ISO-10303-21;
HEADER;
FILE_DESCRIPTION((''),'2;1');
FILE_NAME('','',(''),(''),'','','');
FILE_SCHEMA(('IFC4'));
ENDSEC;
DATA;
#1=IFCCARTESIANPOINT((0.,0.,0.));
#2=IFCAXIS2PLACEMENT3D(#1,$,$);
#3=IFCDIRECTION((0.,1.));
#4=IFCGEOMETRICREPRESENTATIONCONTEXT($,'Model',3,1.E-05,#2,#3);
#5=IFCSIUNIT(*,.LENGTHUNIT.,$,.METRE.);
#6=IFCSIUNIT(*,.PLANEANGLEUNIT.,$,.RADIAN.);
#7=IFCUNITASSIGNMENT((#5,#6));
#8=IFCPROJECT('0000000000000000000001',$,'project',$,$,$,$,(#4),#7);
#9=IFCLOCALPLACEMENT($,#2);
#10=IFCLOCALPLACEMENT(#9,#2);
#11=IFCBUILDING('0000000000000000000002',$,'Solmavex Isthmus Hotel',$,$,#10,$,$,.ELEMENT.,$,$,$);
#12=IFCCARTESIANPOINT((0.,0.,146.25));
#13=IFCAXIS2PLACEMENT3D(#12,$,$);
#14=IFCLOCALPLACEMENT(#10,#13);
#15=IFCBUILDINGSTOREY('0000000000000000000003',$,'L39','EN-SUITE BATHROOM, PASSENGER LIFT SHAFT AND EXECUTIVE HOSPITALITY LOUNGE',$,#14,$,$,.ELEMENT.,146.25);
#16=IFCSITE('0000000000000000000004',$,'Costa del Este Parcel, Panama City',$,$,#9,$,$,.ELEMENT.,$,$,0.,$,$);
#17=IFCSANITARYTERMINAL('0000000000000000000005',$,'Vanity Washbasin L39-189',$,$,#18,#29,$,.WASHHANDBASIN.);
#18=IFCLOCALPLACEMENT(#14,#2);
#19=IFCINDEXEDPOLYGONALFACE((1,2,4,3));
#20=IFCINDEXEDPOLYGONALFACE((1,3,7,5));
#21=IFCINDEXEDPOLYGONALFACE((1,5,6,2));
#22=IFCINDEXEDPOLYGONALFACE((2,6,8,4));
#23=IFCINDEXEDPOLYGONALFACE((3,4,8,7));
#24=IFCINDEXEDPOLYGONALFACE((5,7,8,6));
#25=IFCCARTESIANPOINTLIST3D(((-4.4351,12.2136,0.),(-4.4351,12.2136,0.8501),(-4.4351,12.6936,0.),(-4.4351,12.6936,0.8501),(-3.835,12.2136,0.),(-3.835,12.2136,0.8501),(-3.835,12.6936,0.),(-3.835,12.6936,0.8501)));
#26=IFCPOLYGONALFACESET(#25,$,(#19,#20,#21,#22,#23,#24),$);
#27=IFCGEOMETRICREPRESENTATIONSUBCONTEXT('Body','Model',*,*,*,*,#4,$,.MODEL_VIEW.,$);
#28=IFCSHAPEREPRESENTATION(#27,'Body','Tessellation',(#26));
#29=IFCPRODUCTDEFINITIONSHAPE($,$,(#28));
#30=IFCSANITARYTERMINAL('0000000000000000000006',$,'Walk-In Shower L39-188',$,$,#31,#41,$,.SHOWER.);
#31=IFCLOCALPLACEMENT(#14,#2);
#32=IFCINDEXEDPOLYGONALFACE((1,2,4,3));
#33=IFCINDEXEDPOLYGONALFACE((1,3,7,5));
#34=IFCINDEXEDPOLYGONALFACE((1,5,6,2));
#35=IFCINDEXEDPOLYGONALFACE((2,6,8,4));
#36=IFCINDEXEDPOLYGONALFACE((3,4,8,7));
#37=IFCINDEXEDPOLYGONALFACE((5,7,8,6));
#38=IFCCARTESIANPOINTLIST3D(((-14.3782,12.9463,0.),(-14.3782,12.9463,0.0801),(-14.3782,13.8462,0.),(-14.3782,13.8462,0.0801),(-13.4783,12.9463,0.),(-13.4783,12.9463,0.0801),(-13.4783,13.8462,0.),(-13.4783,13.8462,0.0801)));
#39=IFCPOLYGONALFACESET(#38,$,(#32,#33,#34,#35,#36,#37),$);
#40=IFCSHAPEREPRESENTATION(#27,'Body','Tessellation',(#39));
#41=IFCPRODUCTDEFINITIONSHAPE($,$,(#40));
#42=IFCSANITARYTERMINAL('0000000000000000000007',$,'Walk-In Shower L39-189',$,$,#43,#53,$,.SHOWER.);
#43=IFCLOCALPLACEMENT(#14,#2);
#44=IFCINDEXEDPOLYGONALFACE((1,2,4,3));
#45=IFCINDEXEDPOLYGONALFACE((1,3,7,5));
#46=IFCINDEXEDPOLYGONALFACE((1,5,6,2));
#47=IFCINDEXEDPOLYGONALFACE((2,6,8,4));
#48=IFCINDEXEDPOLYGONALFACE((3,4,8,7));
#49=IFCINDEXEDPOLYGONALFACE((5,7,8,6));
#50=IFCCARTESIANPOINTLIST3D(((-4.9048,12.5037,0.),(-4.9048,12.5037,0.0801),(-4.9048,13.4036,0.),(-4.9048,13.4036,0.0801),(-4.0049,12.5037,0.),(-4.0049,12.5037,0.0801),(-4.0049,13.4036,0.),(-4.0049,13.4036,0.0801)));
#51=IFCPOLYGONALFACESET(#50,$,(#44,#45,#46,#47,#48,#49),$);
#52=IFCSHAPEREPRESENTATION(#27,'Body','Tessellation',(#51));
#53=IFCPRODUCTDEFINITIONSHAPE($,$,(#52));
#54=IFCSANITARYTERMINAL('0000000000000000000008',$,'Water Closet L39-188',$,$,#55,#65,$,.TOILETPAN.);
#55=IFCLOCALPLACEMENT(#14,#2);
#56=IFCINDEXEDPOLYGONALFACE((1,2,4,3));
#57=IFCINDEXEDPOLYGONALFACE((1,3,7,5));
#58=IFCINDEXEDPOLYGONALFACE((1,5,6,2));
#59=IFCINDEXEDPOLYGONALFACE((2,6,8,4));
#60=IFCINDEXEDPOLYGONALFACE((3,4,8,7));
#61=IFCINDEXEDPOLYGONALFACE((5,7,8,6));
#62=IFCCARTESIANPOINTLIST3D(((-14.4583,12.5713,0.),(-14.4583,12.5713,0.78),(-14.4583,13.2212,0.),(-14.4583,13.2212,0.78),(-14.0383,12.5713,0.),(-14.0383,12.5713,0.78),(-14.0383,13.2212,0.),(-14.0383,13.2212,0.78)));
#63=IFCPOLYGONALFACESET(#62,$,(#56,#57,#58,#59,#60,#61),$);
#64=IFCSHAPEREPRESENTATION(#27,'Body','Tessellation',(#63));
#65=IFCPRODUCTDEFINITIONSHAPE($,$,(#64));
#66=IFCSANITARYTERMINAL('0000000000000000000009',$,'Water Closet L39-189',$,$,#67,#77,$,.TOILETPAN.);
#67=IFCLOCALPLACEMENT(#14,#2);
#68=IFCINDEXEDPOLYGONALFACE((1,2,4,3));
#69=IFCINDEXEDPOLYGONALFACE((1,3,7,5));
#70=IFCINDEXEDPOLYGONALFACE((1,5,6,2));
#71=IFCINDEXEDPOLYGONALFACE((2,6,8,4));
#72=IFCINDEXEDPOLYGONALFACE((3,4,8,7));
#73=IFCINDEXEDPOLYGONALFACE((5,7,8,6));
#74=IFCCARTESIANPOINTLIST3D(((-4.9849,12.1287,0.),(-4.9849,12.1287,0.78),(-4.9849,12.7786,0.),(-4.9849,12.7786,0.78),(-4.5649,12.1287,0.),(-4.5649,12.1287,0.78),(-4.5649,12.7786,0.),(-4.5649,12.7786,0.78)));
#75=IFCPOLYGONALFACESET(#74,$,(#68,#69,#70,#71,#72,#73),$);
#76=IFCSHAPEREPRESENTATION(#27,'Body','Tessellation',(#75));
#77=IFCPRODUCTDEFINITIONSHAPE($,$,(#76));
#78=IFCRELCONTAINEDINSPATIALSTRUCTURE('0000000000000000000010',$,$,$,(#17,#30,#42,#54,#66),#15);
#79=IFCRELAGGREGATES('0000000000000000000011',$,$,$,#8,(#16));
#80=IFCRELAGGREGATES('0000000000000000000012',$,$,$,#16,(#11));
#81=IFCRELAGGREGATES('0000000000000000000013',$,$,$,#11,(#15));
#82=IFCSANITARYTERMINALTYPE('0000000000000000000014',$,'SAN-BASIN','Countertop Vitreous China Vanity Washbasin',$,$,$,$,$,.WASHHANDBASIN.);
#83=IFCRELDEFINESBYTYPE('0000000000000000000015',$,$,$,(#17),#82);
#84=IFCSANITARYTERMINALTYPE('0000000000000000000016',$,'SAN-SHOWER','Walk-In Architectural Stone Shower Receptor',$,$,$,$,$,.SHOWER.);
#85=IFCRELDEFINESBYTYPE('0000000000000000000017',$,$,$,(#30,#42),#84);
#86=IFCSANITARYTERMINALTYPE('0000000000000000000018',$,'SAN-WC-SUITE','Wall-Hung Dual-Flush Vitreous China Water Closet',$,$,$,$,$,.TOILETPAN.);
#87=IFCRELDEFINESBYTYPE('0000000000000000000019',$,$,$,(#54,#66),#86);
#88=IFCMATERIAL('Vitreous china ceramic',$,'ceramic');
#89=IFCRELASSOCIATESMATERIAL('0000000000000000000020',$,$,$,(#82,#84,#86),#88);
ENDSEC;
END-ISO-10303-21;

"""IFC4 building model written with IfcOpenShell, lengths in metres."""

from ifc_helpers import new_model, si_unit, direction, frame, origin, origin_2d, place, context, subcontext, project, spatial, rectangle, extrude, material, type_object, element, save


model = new_model("IFC4")

# Units and contexts
model_context = context("Model", 3, precision=1e-05, world=origin(), true_north=direction((0.0, 1.0)))
body_context = subcontext(model_context, "Body", "Model", "MODEL_VIEW")
ifc_project = project(units=[si_unit("LENGTHUNIT", "METRE"), si_unit("PLANEANGLEUNIT", "RADIAN")], contexts=[model_context])

# Site, building, storey
site_placement = place(None, origin())
site = spatial("IfcSite", under=ifc_project, at=site_placement, Name="Costa del Este Parcel, Panama City", CompositionType="ELEMENT", RefElevation=0.0)
building_placement = place(site_placement, origin())
building = spatial("IfcBuilding", under=site, at=building_placement, Name="Solmavex Isthmus Hotel", CompositionType="ELEMENT")
storey_placement = place(building_placement, frame((0.0, 0.0, 146.25)))
storey = spatial("IfcBuildingStorey", under=building, at=storey_placement, Name="L39", Description="EN-SUITE BATHROOM, PASSENGER LIFT SHAFT AND EXECUTIVE HOSPITALITY LOUNGE", CompositionType="ELEMENT", Elevation=146.25)

# Sanitary terminals
ifc_material_1 = material(Name="Vitreous china ceramic", Category="ceramic")
sanitary_terminal_type_1 = type_object("IfcSanitaryTerminalType", Name="SAN-BASIN", Description="Countertop Vitreous China Vanity Washbasin", PredefinedType="WASHHANDBASIN", material=ifc_material_1)
for number, where, z_axis, x_axis, name in (
    (1, (-4.135, 12.4536, 0.0), (0.0, 0.0, 1.0), (1.0, 0.0, 0.0), "Vanity Washbasin L39-189"),
):
    element("IfcSanitaryTerminal", number, at=place(storey_placement, frame(where, z_axis=z_axis, x_axis=x_axis)), inside=storey, type_object=sanitary_terminal_type_1, Name=name, PredefinedType="WASHHANDBASIN", context=body_context, shape_type="SweptSolid", body=[
        extrude(rectangle(XDim=0.6001, YDim=0.48, at=origin_2d()), origin(), (0.0, 0.0, 1.0), 0.8501),
    ])
sanitary_terminal_type_2 = type_object("IfcSanitaryTerminalType", Name="SAN-SHOWER", Description="Walk-In Architectural Stone Shower Receptor", PredefinedType="SHOWER", material=ifc_material_1)
for number, where, z_axis, x_axis, name in (
    (2, (-13.9282, 13.3962, 0.0), (0.0, 0.0, 1.0), (1.0, 0.0, 0.0), "Walk-In Shower L39-188"),
    (3, (-4.4548, 12.9536, 0.0), (0.0, 0.0, 1.0), (1.0, 0.0, 0.0), "Walk-In Shower L39-189"),
):
    element("IfcSanitaryTerminal", number, at=place(storey_placement, frame(where, z_axis=z_axis, x_axis=x_axis)), inside=storey, type_object=sanitary_terminal_type_2, Name=name, PredefinedType="SHOWER", context=body_context, shape_type="SweptSolid", body=[
        extrude(rectangle(XDim=0.8999, YDim=0.8999, at=origin_2d()), origin(), (0.0, 0.0, 1.0), 0.0801),
    ])
sanitary_terminal_type_3 = type_object("IfcSanitaryTerminalType", Name="SAN-WC-SUITE", Description="Wall-Hung Dual-Flush Vitreous China Water Closet", PredefinedType="TOILETPAN", material=ifc_material_1)
for number, where, z_axis, x_axis, name in (
    (4, (-14.2483, 12.8962, 0.0), (0.0, 0.0, 1.0), (1.0, 0.0, 0.0), "Water Closet L39-188"),
    (5, (-4.7749, 12.4536, 0.0), (0.0, 0.0, 1.0), (1.0, 0.0, 0.0), "Water Closet L39-189"),
):
    element("IfcSanitaryTerminal", number, at=place(storey_placement, frame(where, z_axis=z_axis, x_axis=x_axis)), inside=storey, type_object=sanitary_terminal_type_3, Name=name, PredefinedType="TOILETPAN", context=body_context, shape_type="SweptSolid", body=[
        extrude(rectangle(XDim=0.4199, YDim=0.6499, at=origin_2d()), origin(), (0.0, 0.0, 1.0), 0.78),
    ])

save(model, "model.ifc")
